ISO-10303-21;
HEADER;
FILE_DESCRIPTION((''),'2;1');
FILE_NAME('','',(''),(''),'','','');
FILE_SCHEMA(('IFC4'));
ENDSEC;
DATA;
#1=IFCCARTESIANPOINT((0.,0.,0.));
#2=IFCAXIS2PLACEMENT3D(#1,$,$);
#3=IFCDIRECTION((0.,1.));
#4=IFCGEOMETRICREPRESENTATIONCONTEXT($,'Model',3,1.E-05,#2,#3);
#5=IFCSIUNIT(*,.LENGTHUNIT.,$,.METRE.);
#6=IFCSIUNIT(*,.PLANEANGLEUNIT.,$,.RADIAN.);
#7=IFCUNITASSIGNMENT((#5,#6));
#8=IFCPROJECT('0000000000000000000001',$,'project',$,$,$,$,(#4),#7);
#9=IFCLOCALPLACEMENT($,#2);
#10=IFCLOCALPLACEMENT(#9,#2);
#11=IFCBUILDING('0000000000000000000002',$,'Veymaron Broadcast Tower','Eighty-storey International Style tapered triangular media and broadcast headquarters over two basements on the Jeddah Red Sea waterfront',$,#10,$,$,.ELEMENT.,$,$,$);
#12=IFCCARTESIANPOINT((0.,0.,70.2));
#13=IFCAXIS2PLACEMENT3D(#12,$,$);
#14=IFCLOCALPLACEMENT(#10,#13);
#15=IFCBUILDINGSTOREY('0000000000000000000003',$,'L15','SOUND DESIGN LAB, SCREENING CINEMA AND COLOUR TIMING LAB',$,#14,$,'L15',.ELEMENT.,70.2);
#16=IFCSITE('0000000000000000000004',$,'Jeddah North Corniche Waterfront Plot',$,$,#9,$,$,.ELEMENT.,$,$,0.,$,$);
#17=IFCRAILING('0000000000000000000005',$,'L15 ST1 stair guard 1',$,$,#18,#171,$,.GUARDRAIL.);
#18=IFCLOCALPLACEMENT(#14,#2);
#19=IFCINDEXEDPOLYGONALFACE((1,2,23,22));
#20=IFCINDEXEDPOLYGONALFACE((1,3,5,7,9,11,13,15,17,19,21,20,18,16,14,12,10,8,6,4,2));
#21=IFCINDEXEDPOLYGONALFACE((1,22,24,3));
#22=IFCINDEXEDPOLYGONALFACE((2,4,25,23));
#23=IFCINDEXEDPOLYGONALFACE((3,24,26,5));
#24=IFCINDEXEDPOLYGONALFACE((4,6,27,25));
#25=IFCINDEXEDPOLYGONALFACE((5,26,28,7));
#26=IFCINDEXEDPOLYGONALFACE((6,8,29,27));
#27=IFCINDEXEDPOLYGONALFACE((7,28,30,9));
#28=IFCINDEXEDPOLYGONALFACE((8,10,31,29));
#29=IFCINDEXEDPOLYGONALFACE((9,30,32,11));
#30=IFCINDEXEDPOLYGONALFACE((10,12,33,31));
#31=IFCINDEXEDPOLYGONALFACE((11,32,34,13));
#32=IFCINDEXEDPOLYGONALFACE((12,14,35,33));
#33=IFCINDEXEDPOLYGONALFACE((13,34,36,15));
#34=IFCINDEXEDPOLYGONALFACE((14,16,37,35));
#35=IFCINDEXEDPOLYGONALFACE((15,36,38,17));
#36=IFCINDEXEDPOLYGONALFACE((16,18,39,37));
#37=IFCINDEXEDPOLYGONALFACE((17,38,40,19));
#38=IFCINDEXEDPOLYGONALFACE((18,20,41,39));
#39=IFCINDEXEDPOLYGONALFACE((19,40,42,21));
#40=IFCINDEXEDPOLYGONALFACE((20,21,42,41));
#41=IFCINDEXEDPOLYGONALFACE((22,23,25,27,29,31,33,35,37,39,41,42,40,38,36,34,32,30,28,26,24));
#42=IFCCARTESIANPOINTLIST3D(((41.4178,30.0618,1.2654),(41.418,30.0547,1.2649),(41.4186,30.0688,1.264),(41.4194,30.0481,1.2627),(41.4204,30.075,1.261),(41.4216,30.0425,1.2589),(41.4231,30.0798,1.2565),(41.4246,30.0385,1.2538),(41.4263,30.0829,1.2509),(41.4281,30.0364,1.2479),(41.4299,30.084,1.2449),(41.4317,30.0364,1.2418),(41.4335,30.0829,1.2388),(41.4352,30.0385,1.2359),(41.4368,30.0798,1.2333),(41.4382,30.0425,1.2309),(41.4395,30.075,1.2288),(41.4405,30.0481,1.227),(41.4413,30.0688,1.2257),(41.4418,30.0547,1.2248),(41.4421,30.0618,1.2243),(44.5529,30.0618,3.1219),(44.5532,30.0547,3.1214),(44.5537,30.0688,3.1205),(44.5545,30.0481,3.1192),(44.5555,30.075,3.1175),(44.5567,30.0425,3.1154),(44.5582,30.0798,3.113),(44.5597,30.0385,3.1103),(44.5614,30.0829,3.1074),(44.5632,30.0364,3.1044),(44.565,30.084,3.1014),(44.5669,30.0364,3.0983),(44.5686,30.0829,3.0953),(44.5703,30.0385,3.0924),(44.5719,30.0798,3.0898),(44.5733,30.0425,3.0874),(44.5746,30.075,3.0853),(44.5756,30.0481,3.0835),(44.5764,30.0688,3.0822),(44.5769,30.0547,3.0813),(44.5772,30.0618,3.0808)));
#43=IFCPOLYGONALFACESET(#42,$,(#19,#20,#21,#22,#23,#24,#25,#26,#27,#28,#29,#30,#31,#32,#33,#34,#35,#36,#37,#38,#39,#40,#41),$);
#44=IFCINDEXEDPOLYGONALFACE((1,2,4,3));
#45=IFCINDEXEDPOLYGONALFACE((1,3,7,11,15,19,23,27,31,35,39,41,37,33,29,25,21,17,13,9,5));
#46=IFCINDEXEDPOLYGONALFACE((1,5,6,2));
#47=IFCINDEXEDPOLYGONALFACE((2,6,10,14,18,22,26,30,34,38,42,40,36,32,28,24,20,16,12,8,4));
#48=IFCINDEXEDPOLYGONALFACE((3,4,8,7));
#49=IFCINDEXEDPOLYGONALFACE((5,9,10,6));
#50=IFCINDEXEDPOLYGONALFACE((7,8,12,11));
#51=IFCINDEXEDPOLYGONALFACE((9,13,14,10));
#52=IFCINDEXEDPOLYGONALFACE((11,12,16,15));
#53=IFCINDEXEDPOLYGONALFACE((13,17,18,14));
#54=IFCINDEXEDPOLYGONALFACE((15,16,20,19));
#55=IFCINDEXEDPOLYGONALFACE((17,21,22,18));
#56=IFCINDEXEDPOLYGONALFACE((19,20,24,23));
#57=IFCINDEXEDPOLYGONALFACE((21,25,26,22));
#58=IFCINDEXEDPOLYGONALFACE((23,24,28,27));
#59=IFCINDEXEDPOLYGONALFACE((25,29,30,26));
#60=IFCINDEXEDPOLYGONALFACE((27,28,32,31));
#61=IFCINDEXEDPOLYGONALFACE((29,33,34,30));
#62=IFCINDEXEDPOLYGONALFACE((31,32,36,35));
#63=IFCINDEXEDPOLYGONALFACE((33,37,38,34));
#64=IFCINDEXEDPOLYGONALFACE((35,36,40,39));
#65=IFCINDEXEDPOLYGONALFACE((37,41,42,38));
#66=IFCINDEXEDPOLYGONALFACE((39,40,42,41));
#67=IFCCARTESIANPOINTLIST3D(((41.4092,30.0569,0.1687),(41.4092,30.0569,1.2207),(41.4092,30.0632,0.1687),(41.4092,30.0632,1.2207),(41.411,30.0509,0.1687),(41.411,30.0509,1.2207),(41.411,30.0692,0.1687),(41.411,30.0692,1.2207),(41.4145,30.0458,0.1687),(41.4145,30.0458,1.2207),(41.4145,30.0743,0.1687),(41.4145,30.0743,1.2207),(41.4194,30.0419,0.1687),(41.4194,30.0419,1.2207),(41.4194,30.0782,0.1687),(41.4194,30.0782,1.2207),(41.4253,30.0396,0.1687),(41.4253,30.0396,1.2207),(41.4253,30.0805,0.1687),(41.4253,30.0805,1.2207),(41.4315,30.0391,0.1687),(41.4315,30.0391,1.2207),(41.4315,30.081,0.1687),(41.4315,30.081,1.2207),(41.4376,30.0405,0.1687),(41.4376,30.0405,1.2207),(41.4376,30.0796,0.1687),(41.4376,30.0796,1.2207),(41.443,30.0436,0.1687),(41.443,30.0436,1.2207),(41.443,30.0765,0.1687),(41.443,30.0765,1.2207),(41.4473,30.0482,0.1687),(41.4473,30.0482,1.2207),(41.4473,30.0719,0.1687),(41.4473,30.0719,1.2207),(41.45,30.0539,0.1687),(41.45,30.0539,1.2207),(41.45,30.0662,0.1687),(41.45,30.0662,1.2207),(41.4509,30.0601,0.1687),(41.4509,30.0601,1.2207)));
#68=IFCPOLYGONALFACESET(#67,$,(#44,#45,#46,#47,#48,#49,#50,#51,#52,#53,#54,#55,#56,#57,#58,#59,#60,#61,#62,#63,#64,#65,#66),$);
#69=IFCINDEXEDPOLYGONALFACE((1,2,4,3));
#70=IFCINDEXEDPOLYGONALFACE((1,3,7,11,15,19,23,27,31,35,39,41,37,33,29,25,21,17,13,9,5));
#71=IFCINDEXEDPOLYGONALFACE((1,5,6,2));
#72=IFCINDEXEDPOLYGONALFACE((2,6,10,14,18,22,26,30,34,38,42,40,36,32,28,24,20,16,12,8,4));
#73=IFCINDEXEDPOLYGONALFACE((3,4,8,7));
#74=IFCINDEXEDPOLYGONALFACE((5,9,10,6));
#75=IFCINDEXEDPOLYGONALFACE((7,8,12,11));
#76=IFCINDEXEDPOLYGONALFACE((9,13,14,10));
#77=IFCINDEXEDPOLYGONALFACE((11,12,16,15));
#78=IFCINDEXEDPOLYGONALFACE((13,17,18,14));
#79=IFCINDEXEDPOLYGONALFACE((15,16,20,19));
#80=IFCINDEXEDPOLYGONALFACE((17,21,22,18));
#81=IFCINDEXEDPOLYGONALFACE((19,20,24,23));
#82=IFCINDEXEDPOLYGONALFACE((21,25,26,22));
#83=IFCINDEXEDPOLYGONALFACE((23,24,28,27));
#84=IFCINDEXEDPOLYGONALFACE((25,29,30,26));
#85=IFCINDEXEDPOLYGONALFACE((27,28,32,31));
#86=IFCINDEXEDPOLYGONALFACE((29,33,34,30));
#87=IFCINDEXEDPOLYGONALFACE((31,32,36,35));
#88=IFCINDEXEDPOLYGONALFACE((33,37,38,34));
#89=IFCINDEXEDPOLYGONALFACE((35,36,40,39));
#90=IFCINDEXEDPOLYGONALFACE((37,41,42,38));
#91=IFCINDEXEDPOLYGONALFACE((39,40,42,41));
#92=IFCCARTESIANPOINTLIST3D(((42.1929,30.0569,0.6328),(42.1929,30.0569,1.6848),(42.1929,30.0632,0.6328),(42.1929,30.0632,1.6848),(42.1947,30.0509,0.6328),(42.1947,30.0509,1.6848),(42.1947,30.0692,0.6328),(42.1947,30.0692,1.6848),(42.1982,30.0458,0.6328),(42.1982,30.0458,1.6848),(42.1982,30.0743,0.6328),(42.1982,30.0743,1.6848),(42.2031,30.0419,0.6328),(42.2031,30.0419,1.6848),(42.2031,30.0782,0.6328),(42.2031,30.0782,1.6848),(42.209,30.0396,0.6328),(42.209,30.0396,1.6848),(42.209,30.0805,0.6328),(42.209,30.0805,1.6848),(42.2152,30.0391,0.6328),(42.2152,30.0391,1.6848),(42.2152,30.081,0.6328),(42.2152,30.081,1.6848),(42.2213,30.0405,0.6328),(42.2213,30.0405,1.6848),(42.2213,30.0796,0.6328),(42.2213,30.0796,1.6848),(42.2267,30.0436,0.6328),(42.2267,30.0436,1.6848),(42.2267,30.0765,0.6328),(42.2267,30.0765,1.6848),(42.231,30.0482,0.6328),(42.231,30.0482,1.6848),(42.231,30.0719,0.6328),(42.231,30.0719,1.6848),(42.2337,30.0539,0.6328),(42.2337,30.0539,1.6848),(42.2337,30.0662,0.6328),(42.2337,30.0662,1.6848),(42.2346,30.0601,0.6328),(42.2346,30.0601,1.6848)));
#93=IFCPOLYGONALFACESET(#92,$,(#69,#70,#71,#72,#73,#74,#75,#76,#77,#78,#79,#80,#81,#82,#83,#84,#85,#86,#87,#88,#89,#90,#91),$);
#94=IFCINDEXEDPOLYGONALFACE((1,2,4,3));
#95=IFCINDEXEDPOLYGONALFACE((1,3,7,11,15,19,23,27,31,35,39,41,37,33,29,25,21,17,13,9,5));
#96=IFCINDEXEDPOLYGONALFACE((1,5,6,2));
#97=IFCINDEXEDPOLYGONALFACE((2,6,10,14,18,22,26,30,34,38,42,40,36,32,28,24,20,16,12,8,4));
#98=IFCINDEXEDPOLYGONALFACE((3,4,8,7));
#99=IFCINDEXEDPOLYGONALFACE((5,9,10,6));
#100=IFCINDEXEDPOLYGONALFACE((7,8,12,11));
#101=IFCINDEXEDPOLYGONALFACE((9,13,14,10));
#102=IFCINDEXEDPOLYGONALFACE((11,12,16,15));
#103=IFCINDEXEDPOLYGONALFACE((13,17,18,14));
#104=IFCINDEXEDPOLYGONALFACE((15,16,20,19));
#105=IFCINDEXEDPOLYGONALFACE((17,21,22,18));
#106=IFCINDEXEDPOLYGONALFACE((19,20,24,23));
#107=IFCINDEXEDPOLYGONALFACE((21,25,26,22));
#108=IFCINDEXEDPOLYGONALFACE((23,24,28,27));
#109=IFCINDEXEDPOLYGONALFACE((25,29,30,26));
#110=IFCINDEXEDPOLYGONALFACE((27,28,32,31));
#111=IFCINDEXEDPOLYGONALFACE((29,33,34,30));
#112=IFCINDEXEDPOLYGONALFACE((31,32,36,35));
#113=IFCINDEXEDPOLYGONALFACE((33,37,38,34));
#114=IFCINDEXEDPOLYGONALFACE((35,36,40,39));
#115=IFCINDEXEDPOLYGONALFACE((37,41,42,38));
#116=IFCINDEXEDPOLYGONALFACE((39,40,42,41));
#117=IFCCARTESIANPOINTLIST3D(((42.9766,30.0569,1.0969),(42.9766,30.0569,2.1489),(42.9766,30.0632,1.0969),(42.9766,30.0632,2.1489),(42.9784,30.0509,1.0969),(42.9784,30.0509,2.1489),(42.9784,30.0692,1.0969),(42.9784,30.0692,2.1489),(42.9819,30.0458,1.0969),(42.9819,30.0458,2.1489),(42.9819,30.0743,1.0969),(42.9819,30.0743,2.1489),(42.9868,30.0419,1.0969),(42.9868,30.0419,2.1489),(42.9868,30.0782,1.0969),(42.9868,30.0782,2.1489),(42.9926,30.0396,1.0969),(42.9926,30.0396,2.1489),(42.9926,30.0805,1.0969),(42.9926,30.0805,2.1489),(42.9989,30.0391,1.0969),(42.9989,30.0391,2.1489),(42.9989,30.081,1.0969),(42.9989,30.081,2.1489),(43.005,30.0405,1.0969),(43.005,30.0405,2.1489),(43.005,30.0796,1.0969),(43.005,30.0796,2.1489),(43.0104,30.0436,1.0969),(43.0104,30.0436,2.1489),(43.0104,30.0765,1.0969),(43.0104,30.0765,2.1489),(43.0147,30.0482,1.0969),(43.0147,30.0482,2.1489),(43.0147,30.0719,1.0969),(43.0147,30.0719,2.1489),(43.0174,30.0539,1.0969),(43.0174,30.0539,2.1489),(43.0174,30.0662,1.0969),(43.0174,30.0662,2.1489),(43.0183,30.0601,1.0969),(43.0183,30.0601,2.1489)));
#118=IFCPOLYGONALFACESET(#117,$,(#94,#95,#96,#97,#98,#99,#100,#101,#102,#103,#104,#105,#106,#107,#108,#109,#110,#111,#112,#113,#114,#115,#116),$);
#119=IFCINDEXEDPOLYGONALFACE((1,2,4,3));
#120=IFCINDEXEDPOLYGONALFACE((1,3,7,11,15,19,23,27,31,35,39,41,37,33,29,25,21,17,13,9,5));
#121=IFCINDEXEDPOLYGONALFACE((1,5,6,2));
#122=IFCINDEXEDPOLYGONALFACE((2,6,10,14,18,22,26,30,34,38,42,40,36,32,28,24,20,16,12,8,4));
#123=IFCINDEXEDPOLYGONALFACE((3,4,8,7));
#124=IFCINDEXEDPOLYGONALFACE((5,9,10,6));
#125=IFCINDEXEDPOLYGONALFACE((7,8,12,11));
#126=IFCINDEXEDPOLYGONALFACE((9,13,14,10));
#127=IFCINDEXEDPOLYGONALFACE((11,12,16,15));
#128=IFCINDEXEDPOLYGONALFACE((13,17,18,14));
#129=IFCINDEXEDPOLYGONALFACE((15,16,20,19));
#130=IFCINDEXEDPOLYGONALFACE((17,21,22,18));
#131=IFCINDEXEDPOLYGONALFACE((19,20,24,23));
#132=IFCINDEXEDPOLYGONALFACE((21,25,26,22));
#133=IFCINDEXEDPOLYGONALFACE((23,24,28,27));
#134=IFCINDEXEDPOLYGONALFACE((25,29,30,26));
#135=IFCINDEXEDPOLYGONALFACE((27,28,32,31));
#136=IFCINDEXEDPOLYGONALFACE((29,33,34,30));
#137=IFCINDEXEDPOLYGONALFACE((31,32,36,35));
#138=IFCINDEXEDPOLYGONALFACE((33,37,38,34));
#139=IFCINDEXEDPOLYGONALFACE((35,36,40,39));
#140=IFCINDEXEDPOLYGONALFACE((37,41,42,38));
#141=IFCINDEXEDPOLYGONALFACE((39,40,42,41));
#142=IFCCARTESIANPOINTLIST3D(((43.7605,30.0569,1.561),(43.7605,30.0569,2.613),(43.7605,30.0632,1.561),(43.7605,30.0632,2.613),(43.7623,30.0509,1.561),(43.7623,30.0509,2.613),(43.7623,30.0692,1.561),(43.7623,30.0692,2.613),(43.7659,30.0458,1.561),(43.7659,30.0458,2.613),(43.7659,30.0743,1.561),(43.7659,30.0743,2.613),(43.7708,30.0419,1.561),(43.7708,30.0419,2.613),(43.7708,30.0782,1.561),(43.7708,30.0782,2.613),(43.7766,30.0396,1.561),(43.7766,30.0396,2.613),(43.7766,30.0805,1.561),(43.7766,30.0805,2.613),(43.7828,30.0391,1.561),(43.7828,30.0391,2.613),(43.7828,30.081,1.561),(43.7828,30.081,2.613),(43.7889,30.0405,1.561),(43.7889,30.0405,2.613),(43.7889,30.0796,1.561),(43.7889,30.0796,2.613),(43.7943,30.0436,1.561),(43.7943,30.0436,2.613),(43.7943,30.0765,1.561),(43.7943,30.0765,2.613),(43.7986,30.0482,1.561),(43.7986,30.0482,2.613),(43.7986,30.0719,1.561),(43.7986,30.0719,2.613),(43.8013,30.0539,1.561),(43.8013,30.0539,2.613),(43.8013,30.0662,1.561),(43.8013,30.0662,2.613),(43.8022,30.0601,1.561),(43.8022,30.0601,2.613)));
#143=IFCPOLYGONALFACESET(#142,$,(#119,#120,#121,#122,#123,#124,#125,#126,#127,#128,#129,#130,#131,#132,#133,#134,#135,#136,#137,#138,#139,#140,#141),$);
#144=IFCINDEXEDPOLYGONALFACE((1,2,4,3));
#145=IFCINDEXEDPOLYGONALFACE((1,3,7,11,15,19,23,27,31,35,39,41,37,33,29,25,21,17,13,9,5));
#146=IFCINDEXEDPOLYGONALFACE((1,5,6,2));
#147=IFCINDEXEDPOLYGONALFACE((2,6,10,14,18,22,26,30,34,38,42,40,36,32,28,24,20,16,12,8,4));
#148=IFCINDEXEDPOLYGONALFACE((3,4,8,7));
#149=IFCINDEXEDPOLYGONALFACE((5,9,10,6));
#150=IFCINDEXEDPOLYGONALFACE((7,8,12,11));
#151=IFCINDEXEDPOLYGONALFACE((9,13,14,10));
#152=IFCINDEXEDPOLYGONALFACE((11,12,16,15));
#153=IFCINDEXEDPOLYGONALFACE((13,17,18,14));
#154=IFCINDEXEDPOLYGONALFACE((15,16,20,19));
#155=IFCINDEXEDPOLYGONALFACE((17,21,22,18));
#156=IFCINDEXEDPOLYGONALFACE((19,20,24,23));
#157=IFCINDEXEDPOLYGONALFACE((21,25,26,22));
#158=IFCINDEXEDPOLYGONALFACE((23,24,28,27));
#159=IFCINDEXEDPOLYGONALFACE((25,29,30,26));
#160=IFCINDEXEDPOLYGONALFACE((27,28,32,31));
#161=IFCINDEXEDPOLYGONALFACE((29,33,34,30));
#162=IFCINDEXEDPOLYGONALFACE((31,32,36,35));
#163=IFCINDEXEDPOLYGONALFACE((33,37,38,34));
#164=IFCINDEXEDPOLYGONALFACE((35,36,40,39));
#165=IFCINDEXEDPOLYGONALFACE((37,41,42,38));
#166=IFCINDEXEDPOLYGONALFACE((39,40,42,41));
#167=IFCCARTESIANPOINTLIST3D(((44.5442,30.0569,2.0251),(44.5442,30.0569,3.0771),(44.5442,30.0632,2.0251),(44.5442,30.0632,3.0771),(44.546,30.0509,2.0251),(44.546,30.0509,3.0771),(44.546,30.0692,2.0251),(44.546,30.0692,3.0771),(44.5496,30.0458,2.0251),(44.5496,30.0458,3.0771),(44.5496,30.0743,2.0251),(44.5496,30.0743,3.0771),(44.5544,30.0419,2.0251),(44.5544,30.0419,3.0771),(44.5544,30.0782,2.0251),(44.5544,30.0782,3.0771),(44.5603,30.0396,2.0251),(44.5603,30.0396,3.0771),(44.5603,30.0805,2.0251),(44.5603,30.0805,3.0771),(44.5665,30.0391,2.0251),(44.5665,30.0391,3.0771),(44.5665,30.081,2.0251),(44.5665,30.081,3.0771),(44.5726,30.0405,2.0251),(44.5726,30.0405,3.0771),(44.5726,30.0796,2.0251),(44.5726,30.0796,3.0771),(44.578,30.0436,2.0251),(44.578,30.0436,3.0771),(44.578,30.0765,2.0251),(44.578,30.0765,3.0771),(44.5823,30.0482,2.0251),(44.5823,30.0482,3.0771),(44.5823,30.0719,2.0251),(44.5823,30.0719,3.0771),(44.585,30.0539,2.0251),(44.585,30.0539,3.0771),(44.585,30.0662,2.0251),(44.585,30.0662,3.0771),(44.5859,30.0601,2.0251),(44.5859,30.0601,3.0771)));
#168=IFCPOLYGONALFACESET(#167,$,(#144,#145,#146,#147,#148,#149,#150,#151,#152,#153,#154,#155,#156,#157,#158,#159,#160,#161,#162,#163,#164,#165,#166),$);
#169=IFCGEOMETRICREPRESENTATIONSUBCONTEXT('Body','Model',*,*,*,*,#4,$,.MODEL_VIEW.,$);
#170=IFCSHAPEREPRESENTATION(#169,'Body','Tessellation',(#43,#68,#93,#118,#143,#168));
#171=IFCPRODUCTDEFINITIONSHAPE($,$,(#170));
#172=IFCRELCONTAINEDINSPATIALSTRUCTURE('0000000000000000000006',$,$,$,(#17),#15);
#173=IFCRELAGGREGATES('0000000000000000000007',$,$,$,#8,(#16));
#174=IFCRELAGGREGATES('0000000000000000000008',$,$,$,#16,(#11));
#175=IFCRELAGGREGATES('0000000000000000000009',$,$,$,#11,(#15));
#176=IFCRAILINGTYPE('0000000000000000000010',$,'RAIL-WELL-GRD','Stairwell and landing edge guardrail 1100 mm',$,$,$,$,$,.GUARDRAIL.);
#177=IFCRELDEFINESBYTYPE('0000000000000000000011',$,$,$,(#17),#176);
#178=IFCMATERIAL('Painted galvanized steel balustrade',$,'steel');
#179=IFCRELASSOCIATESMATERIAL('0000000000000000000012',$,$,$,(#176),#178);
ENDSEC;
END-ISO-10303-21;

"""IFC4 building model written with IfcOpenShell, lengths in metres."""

from ifc_helpers import new_model, si_unit, direction, frame, origin, origin_2d, place, context, subcontext, project, spatial, circle, extrude, material, type_object, element, save


model = new_model("IFC4")

# Units and contexts
model_context = context("Model", 3, precision=1e-05, world=origin(), true_north=direction((0.0, 1.0)))
body_context = subcontext(model_context, "Body", "Model", "MODEL_VIEW")
ifc_project = project(units=[si_unit("LENGTHUNIT", "METRE"), si_unit("PLANEANGLEUNIT", "RADIAN")], contexts=[model_context])

# Site, building, storey
site_placement = place(None, origin())
site = spatial("IfcSite", under=ifc_project, at=site_placement, Name="Jeddah North Corniche Waterfront Plot", CompositionType="ELEMENT", RefElevation=0.0)
building_placement = place(site_placement, origin())
building = spatial("IfcBuilding", under=site, at=building_placement, Name="Veymaron Broadcast Tower", Description="Eighty-storey International Style tapered triangular media and broadcast headquarters over two basements on the Jeddah Red Sea waterfront", CompositionType="ELEMENT")
storey_placement = place(building_placement, frame((0.0, 0.0, 70.2)))
storey = spatial("IfcBuildingStorey", under=building, at=storey_placement, Name="L15", Description="SOUND DESIGN LAB, SCREENING CINEMA AND COLOUR TIMING LAB", LongName="L15", CompositionType="ELEMENT", Elevation=70.2)

# Railing
ifc_material_1 = material(Name="Painted galvanized steel balustrade", Category="steel")
railing_type_1 = type_object("IfcRailingType", Name="RAIL-WELL-GRD", Description="Stairwell and landing edge guardrail 1100 mm", PredefinedType="GUARDRAIL", material=ifc_material_1)
railing_1_placement = place(storey_placement, frame((41.4299, 30.0601, 0.1687)))
element("IfcRailing", 1, at=railing_1_placement, inside=storey, type_object=railing_type_1, Name="L15 ST1 stair guard 1", PredefinedType="GUARDRAIL", context=body_context, shape_type="SweptSolid", body=[
    extrude(circle(Radius=0.0239, at=origin_2d()), frame((0.0, 0.0, 1.0762), z_axis=(0.860453, 0.0, 0.509531), x_axis=(0.0, 1.0, 0.0)), (0.0, 0.0, 1.0), 3.6436),
    extrude(circle(Radius=0.021, at=origin_2d()), origin(), (0.0, 0.0, 1.0), 1.052),
    extrude(circle(Radius=0.021, at=origin_2d()), frame((0.7837, 0.0, 0.4641)), (0.0, 0.0, 1.0), 1.052),
    extrude(circle(Radius=0.021, at=origin_2d()), frame((1.5674, 0.0, 0.9282)), (0.0, 0.0, 1.0), 1.052),
    extrude(circle(Radius=0.021, at=origin_2d()), frame((2.3513, 0.0, 1.3923)), (0.0, 0.0, 1.0), 1.052),
    extrude(circle(Radius=0.021, at=origin_2d()), frame((3.135, 0.0, 1.8564)), (0.0, 0.0, 1.0), 1.052),
])

save(model, "model.ifc")
